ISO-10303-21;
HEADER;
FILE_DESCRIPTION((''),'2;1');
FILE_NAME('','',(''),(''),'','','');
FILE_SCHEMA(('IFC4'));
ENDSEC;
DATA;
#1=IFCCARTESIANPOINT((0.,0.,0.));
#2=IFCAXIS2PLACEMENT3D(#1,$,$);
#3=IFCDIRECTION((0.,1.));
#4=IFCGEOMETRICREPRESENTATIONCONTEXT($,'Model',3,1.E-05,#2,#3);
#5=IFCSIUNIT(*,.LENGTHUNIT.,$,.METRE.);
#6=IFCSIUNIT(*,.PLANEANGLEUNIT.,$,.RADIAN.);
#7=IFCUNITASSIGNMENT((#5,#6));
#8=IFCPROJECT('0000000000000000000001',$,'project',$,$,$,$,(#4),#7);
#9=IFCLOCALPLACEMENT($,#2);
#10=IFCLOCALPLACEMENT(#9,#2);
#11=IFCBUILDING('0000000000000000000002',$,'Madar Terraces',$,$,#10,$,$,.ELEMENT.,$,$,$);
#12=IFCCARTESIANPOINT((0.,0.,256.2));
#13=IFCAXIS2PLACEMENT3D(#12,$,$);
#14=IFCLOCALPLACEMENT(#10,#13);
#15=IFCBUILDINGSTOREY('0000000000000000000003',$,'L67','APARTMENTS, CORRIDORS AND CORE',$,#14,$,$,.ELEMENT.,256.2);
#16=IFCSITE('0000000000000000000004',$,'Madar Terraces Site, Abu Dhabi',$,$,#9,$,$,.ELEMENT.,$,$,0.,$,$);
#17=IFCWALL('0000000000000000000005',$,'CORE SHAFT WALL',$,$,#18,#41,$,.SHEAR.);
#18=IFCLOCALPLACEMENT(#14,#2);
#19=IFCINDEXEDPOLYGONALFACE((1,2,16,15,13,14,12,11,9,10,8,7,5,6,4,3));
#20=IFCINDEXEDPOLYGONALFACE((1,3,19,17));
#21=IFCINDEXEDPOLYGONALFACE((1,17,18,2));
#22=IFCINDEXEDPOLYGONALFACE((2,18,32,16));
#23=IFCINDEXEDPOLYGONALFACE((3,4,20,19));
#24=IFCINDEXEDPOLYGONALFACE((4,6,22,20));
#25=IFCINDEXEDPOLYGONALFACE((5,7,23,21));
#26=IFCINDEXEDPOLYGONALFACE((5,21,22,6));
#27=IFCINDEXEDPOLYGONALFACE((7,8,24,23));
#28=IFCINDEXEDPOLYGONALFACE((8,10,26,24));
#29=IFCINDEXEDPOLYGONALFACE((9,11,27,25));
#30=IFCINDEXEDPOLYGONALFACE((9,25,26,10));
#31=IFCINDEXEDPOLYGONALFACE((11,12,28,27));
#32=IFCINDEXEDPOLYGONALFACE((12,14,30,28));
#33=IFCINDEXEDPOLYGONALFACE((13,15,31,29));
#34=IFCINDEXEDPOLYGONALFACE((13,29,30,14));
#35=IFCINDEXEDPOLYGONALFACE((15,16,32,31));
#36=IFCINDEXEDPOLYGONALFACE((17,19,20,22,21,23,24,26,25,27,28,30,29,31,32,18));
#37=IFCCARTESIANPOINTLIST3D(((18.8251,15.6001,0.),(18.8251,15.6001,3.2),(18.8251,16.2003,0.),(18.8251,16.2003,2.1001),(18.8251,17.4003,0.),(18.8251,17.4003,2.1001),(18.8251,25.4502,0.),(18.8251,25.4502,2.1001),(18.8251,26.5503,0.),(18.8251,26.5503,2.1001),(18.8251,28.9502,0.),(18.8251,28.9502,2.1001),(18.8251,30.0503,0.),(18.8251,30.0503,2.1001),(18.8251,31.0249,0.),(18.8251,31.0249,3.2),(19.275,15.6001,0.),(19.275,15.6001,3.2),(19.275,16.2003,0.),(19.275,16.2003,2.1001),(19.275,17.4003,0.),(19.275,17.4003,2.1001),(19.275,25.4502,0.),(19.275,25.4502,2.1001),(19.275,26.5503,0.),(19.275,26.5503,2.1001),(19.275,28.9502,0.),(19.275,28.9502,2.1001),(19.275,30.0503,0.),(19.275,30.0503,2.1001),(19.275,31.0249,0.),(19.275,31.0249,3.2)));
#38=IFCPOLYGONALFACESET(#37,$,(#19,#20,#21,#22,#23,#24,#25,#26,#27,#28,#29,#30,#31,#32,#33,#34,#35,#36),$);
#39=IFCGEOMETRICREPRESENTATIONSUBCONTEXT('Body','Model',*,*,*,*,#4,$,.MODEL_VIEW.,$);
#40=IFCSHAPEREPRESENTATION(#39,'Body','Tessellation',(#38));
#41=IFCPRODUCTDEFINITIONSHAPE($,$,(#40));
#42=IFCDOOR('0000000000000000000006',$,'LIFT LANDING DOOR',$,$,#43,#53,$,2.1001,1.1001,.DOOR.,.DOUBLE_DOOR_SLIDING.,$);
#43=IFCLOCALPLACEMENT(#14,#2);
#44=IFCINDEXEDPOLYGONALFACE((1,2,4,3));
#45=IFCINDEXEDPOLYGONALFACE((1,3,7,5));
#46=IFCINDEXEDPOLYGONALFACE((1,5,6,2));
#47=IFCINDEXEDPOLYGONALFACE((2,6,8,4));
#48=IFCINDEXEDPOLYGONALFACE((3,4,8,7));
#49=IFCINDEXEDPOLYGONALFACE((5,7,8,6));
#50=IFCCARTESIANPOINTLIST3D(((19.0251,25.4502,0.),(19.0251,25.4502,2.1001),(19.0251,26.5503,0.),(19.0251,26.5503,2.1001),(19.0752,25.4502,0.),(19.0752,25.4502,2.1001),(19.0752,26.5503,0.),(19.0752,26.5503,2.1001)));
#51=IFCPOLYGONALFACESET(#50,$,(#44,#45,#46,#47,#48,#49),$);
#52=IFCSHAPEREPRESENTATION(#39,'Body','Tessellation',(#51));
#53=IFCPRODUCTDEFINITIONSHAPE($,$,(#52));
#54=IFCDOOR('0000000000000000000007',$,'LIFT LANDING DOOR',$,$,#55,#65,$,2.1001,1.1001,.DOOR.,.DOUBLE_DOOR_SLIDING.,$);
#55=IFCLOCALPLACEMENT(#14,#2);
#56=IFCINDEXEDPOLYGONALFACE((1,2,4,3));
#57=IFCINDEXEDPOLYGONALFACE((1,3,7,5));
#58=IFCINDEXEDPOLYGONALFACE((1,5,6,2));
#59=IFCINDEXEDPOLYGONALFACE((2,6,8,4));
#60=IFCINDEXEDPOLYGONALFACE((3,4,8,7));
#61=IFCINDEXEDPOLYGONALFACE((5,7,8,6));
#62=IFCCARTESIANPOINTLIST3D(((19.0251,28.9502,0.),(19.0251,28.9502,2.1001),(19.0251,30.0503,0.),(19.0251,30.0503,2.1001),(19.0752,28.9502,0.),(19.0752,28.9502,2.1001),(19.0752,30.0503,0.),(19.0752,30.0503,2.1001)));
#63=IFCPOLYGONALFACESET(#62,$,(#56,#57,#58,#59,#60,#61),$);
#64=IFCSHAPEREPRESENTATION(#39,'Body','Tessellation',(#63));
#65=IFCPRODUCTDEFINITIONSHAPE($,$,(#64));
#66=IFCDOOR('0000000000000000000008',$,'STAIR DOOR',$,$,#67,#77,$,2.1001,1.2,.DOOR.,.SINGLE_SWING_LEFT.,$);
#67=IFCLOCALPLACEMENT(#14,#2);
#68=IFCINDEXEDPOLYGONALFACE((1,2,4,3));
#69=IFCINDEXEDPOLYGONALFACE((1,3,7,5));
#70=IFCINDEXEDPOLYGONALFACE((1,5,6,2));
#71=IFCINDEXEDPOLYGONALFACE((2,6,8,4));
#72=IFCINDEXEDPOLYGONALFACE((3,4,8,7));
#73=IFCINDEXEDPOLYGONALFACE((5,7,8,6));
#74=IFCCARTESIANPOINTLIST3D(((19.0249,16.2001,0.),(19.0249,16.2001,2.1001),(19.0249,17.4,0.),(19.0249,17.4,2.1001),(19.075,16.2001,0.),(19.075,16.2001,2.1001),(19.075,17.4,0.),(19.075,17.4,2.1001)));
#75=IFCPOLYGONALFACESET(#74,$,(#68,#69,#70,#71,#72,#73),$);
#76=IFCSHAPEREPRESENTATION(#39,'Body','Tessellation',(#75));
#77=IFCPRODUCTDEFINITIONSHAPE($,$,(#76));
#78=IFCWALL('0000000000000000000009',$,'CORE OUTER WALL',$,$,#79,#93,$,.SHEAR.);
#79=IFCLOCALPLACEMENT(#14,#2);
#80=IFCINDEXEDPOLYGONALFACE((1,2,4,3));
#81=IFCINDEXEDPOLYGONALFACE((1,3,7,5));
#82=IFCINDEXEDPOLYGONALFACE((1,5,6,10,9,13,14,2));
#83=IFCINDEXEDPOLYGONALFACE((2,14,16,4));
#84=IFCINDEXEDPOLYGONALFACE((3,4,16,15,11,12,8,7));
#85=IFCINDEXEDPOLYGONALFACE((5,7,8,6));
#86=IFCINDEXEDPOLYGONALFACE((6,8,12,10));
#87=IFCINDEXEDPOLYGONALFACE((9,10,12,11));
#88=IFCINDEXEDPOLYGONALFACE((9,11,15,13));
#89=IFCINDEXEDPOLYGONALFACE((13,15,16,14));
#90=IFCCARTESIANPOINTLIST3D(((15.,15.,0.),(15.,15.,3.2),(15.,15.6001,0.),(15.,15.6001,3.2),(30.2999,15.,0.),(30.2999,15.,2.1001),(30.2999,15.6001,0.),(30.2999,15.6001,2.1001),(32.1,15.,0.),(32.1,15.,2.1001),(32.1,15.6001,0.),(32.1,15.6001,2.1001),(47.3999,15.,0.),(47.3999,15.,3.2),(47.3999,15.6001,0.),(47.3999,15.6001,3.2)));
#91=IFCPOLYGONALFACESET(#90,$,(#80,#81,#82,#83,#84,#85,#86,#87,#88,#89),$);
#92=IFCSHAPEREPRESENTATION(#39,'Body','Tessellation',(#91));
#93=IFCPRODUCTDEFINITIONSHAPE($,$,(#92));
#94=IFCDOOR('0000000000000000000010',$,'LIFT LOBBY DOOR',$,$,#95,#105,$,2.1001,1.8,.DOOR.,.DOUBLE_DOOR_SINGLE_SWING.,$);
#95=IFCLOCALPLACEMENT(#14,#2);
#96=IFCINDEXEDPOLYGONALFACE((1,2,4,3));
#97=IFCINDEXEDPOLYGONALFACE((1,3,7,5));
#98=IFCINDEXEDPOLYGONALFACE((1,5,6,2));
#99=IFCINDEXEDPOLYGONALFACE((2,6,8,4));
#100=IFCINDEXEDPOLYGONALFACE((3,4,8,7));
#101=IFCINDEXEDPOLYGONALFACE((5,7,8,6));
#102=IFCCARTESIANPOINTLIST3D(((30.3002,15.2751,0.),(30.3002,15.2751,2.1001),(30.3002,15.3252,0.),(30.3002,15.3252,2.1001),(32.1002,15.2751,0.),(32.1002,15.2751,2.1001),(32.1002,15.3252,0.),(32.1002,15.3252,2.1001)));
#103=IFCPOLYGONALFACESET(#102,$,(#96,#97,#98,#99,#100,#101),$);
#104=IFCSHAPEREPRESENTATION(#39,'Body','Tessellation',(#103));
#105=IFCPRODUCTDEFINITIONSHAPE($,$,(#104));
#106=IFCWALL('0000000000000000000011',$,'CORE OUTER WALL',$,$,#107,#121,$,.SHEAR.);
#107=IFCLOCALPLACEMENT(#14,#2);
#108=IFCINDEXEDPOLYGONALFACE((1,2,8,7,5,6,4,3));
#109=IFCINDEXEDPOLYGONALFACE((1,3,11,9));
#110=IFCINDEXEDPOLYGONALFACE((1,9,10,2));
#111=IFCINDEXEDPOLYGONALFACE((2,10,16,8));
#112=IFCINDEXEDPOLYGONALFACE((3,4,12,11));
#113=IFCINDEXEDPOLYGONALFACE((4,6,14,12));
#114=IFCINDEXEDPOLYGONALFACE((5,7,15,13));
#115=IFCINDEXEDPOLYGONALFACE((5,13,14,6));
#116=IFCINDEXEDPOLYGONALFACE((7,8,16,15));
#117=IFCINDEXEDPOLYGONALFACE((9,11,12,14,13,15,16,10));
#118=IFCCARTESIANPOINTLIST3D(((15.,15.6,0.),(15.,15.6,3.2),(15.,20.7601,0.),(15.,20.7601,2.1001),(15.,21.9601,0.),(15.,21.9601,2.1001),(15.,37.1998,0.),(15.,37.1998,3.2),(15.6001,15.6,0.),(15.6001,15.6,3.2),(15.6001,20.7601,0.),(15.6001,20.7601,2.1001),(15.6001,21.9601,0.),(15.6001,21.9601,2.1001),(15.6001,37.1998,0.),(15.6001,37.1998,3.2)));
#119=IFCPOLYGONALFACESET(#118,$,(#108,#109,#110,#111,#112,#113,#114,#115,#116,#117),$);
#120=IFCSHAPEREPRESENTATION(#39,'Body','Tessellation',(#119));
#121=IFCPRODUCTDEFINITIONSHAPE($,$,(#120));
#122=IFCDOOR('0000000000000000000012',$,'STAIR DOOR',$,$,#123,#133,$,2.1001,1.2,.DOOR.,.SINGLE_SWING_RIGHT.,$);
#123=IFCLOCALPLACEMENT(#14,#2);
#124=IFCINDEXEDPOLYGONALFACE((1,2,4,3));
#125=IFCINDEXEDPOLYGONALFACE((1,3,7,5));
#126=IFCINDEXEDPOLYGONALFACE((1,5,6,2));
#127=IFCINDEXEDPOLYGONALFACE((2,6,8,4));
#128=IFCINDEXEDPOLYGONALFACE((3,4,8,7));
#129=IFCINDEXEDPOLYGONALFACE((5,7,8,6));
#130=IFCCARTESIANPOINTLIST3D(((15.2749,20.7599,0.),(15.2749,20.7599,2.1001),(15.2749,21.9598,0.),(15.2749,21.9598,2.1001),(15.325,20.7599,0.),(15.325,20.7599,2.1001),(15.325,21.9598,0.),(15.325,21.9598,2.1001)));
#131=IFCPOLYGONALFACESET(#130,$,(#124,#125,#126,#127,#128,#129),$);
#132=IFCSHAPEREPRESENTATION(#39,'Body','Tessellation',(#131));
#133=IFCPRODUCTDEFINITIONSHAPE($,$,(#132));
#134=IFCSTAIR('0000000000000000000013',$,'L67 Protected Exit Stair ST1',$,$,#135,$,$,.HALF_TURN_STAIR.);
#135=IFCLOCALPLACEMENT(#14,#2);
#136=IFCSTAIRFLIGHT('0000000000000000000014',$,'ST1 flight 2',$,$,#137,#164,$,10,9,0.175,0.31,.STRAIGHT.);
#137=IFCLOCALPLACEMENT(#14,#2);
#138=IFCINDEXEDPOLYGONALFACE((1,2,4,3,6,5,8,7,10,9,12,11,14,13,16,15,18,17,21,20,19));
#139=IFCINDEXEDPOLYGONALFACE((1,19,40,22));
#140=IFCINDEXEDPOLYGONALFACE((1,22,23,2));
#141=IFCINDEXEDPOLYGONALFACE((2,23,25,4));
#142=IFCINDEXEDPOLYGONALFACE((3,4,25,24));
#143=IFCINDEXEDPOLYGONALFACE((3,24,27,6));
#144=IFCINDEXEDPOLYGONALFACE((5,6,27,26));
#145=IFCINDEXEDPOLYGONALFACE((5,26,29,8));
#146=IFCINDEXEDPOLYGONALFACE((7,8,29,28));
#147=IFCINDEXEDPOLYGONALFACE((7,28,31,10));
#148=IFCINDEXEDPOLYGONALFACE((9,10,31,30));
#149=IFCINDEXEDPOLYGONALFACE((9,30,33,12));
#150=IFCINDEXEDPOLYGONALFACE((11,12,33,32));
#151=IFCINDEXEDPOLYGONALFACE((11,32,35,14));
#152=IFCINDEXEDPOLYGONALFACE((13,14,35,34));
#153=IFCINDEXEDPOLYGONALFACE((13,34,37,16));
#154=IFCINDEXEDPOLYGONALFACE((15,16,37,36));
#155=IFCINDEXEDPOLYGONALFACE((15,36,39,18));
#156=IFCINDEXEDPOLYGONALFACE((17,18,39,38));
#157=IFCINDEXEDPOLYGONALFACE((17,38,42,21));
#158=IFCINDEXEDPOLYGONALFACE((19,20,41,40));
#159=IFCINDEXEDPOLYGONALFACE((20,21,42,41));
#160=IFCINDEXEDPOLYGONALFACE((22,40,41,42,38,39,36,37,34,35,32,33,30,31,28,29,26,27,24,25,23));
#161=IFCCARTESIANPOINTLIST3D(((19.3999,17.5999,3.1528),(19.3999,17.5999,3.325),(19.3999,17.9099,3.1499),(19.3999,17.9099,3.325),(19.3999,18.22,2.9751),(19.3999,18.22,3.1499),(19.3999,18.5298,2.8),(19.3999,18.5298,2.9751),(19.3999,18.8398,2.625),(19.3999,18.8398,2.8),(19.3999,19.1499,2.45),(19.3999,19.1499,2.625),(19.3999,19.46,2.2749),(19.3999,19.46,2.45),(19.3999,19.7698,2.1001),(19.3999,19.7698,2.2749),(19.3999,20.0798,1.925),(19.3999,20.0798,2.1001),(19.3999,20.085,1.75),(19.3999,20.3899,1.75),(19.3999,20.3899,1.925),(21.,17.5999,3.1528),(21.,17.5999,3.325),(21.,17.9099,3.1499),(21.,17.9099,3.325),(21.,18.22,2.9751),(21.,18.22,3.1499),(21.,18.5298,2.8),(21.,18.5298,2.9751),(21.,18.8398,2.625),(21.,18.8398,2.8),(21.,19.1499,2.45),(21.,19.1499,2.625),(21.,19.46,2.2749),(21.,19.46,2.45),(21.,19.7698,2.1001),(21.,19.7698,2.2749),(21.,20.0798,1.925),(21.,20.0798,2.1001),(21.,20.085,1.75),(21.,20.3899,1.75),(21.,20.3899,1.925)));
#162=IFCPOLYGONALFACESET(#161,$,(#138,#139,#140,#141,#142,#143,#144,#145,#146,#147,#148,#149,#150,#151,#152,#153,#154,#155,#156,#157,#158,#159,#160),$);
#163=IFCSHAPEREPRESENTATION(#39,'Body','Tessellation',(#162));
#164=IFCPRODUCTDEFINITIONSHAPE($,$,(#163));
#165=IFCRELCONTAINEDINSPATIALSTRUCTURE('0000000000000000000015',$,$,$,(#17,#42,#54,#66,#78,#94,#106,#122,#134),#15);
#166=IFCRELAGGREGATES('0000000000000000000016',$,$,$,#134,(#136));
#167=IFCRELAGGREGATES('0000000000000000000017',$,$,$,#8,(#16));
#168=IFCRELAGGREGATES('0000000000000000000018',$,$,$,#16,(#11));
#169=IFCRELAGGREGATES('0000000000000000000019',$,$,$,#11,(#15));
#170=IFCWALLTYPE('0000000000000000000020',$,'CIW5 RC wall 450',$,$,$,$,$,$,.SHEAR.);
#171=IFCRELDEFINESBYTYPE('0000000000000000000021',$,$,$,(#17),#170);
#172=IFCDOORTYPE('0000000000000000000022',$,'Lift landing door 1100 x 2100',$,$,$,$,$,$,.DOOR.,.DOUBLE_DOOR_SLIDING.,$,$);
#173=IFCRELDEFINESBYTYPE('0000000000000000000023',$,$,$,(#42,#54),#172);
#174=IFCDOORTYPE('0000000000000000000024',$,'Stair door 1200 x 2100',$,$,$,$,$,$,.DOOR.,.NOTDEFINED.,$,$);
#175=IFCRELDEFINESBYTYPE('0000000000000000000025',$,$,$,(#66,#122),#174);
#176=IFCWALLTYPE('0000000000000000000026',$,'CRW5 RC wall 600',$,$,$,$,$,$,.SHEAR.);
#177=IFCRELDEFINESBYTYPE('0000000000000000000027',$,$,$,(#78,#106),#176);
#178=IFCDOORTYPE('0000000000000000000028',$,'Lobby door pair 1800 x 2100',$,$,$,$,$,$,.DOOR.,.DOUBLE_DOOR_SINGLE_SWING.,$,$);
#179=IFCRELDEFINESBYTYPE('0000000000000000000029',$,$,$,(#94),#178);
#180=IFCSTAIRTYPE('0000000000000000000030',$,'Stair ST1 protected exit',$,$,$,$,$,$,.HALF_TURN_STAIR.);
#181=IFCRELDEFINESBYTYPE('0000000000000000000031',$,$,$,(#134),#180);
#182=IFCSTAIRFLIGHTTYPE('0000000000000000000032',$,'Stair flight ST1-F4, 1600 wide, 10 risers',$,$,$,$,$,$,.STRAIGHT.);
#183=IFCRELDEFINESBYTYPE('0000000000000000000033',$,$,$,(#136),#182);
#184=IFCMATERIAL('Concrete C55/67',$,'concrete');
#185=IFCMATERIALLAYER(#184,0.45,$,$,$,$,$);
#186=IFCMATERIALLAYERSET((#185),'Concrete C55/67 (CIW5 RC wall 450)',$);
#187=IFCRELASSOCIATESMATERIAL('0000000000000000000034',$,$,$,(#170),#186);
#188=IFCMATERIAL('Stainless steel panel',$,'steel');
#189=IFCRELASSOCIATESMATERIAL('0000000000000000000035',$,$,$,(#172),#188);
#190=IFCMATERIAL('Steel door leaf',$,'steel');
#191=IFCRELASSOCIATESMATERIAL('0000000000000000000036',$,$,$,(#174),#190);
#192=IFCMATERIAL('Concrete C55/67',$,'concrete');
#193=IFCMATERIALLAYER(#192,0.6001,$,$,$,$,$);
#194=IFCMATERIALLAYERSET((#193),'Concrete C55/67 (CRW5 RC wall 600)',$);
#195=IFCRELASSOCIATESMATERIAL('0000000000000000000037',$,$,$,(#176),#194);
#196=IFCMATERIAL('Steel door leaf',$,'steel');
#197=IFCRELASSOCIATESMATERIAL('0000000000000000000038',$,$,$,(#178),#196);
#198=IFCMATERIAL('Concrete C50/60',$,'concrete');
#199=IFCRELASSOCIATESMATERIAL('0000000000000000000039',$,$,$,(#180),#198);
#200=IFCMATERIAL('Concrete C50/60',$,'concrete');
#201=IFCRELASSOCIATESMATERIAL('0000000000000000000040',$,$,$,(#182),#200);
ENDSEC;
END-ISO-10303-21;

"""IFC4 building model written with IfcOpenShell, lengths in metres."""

from ifc_helpers import new_model, si_unit, direction, frame, frame_2d, origin, place, context, subcontext, project, spatial, polyline, rectangle, outline, extrude, material, layer, layer_set, type_object, element, fill, aggregate, save


model = new_model("IFC4")

# Units and contexts
model_context = context("Model", 3, precision=1e-05, world=origin(), true_north=direction((0.0, 1.0)))
body_context = subcontext(model_context, "Body", "Model", "MODEL_VIEW")
ifc_project = project(units=[si_unit("LENGTHUNIT", "METRE"), si_unit("PLANEANGLEUNIT", "RADIAN")], contexts=[model_context])

# Site, building, storey
site_placement = place(None, origin())
site = spatial("IfcSite", under=ifc_project, at=site_placement, Name="Madar Terraces Site, Abu Dhabi", CompositionType="ELEMENT", RefElevation=0.0)
building_placement = place(site_placement, origin())
building = spatial("IfcBuilding", under=site, at=building_placement, Name="Madar Terraces", CompositionType="ELEMENT")
storey_placement = place(building_placement, frame((0.0, 0.0, 256.2)))
storey = spatial("IfcBuildingStorey", under=building, at=storey_placement, Name="L67", Description="APARTMENTS, CORRIDORS AND CORE", CompositionType="ELEMENT", Elevation=256.2)

# Wall, openings, doors
ifc_material_1 = material(Name="Concrete C55/67", Category="concrete")
ifc_layer_1 = layer(ifc_material_1, 0.45)
ifc_layer_set_1 = layer_set([ifc_layer_1], Name="Concrete C55/67 (CIW5 RC wall 450)")
wall_type_1 = type_object("IfcWallType", Name="CIW5 RC wall 450", PredefinedType="SHEAR", material=ifc_layer_set_1)
wall_1_placement = place(storey_placement, frame((19.05, 15.6001, 0.0), z_axis=(0.0, 0.0, 1.0), x_axis=(0.0, 1.0, 0.0)))
wall_1 = element("IfcWall", 1, at=wall_1_placement, inside=storey, type_object=wall_type_1, Name="CORE SHAFT WALL", PredefinedType="SHEAR", context=body_context, shape_type="SweptSolid", body=[
    extrude(rectangle(XDim=15.4248, YDim=0.45, at=frame_2d((7.7124, 0.0))), origin(), (0.0, 0.0, 1.0), 3.2),
])
opening_1_placement = place(wall_1_placement, frame((9.8501, 0.0, 0.0)))
opening_1 = element("IfcOpeningElement", 2, at=opening_1_placement, cuts=wall_1, PredefinedType="OPENING", context=body_context, shape_type="SweptSolid", body=[
    extrude(rectangle(XDim=1.1001, YDim=2.1001, at=frame_2d((0.55, 1.05))), frame((0.0, 0.2349, 0.0), z_axis=(0.0, -1.0, 0.0), x_axis=(1.0, 0.0, 0.0)), (0.0, 0.0, 1.0), 0.47),
])
opening_2_placement = place(wall_1_placement, frame((13.3501, 0.0, 0.0)))
opening_2 = element("IfcOpeningElement", 3, at=opening_2_placement, cuts=wall_1, PredefinedType="OPENING", context=body_context, shape_type="SweptSolid", body=[
    extrude(rectangle(XDim=1.1001, YDim=2.1001, at=frame_2d((0.55, 1.05))), frame((0.0, 0.2349, 0.0), z_axis=(0.0, -1.0, 0.0), x_axis=(1.0, 0.0, 0.0)), (0.0, 0.0, 1.0), 0.47),
])
opening_3_placement = place(wall_1_placement, frame((0.6001, 0.0, 0.0)))
opening_3 = element("IfcOpeningElement", 4, at=opening_3_placement, cuts=wall_1, PredefinedType="OPENING", context=body_context, shape_type="SweptSolid", body=[
    extrude(rectangle(XDim=1.2, YDim=2.1001, at=frame_2d((0.6001, 1.05))), frame((0.0, 0.2349, 0.0), z_axis=(0.0, -1.0, 0.0), x_axis=(1.0, 0.0, 0.0)), (0.0, 0.0, 1.0), 0.47),
])
ifc_material_2 = material(Name="Stainless steel panel", Category="steel")
door_type_1 = type_object("IfcDoorType", Name="Lift landing door 1100 x 2100", OperationType="DOUBLE_DOOR_SLIDING", PredefinedType="DOOR", material=ifc_material_2)
door_1_placement = place(opening_1_placement, origin())
door_1 = element("IfcDoor", 5, at=door_1_placement, inside=storey, type_object=door_type_1, Name="LIFT LANDING DOOR", OperationType="DOUBLE_DOOR_SLIDING", OverallHeight=2.1001, OverallWidth=1.1001, PredefinedType="DOOR", context=body_context, shape_type="SweptSolid", body=[
    extrude(rectangle(XDim=1.1001, YDim=2.1001, at=frame_2d((0.55, 1.05))), frame((0.0, 0.0249, 0.0), z_axis=(0.0, -1.0, 0.0), x_axis=(1.0, 0.0, 0.0)), (0.0, 0.0, 1.0), 0.05),
])
fill(opening_1, door_1)
door_2_placement = place(opening_2_placement, origin())
door_2 = element("IfcDoor", 6, at=door_2_placement, inside=storey, type_object=door_type_1, Name="LIFT LANDING DOOR", OperationType="DOUBLE_DOOR_SLIDING", OverallHeight=2.1001, OverallWidth=1.1001, PredefinedType="DOOR", context=body_context, shape_type="SweptSolid", body=[
    extrude(rectangle(XDim=1.1001, YDim=2.1001, at=frame_2d((0.55, 1.05))), frame((0.0, 0.0249, 0.0), z_axis=(0.0, -1.0, 0.0), x_axis=(1.0, 0.0, 0.0)), (0.0, 0.0, 1.0), 0.05),
])
fill(opening_2, door_2)
ifc_material_3 = material(Name="Steel door leaf", Category="steel")
door_type_2 = type_object("IfcDoorType", Name="Stair door 1200 x 2100", OperationType="NOTDEFINED", PredefinedType="DOOR", material=ifc_material_3)
door_3_placement = place(opening_3_placement, frame((1.2, 0.0, 0.0), z_axis=(0.0, 0.0, 1.0), x_axis=(-1.0, 0.0, 0.0)))
door_3 = element("IfcDoor", 7, at=door_3_placement, inside=storey, type_object=door_type_2, Name="STAIR DOOR", OperationType="SINGLE_SWING_LEFT", OverallHeight=2.1001, OverallWidth=1.2, PredefinedType="DOOR", context=body_context, shape_type="SweptSolid", body=[
    extrude(rectangle(XDim=1.2, YDim=2.1001, at=frame_2d((0.6001, 1.05))), frame((0.0, 0.0249, 0.0), z_axis=(0.0, -1.0, 0.0), x_axis=(1.0, 0.0, 0.0)), (0.0, 0.0, 1.0), 0.05),
])
fill(opening_3, door_3)

# Walls, openings, doors
ifc_material_4 = material(Name="Concrete C55/67", Category="concrete")
ifc_layer_2 = layer(ifc_material_4, 0.6001)
ifc_layer_set_2 = layer_set([ifc_layer_2], Name="Concrete C55/67 (CRW5 RC wall 600)")
wall_type_2 = type_object("IfcWallType", Name="CRW5 RC wall 600", PredefinedType="SHEAR", material=ifc_layer_set_2)
wall_2_placement = place(storey_placement, frame((15.0, 15.3, 0.0), z_axis=(0.0, 0.0, 1.0), x_axis=(1.0, 0.0, 0.0)))
wall_2 = element("IfcWall", 8, at=wall_2_placement, inside=storey, type_object=wall_type_2, Name="CORE OUTER WALL", PredefinedType="SHEAR", context=body_context, shape_type="SweptSolid", body=[
    extrude(rectangle(XDim=32.3999, YDim=0.6001, at=frame_2d((16.2, 0.0))), origin(), (0.0, 0.0, 1.0), 3.2),
])
opening_4_placement = place(wall_2_placement, frame((15.3, 0.0, 0.0)))
opening_4 = element("IfcOpeningElement", 9, at=opening_4_placement, cuts=wall_2, PredefinedType="OPENING", context=body_context, shape_type="SweptSolid", body=[
    extrude(rectangle(XDim=1.8, YDim=2.1001, at=frame_2d((0.8999, 1.05))), frame((0.0, 0.3101, 0.0), z_axis=(0.0, -1.0, 0.0), x_axis=(1.0, 0.0, 0.0)), (0.0, 0.0, 1.0), 0.6201),
])
ifc_material_5 = material(Name="Steel door leaf", Category="steel")
door_type_3 = type_object("IfcDoorType", Name="Lobby door pair 1800 x 2100", OperationType="DOUBLE_DOOR_SINGLE_SWING", PredefinedType="DOOR", material=ifc_material_5)
door_4_placement = place(opening_4_placement, frame((1.8, 0.0, 0.0), z_axis=(0.0, 0.0, 1.0), x_axis=(-1.0, 0.0, 0.0)))
door_4 = element("IfcDoor", 10, at=door_4_placement, inside=storey, type_object=door_type_3, Name="LIFT LOBBY DOOR", OperationType="DOUBLE_DOOR_SINGLE_SWING", OverallHeight=2.1001, OverallWidth=1.8, PredefinedType="DOOR", context=body_context, shape_type="SweptSolid", body=[
    extrude(rectangle(XDim=1.8, YDim=2.1001, at=frame_2d((0.8999, 1.05))), frame((0.0, 0.0249, 0.0), z_axis=(0.0, -1.0, 0.0), x_axis=(1.0, 0.0, 0.0)), (0.0, 0.0, 1.0), 0.05),
])
fill(opening_4, door_4)
wall_3_placement = place(storey_placement, frame((15.3, 15.6001, 0.0), z_axis=(0.0, 0.0, 1.0), x_axis=(0.0, 1.0, 0.0)))
wall_3 = element("IfcWall", 11, at=wall_3_placement, inside=storey, type_object=wall_type_2, Name="CORE OUTER WALL", PredefinedType="SHEAR", context=body_context, shape_type="SweptSolid", body=[
    extrude(rectangle(XDim=21.5999, YDim=0.6001, at=frame_2d((10.7998, 0.0))), origin(), (0.0, 0.0, 1.0), 3.2),
])
opening_5_placement = place(wall_3_placement, frame((5.1599, 0.0, 0.0)))
opening_5 = element("IfcOpeningElement", 12, at=opening_5_placement, cuts=wall_3, PredefinedType="OPENING", context=body_context, shape_type="SweptSolid", body=[
    extrude(rectangle(XDim=1.2, YDim=2.1001, at=frame_2d((0.6001, 1.05))), frame((0.0, 0.3101, 0.0), z_axis=(0.0, -1.0, 0.0), x_axis=(1.0, 0.0, 0.0)), (0.0, 0.0, 1.0), 0.6201),
])
door_5_placement = place(opening_5_placement, frame((1.2, 0.0, 0.0), z_axis=(0.0, 0.0, 1.0), x_axis=(-1.0, 0.0, 0.0)))
door_5 = element("IfcDoor", 13, at=door_5_placement, inside=storey, type_object=door_type_2, Name="STAIR DOOR", OperationType="SINGLE_SWING_RIGHT", OverallHeight=2.1001, OverallWidth=1.2, PredefinedType="DOOR", context=body_context, shape_type="SweptSolid", body=[
    extrude(rectangle(XDim=1.2, YDim=2.1001, at=frame_2d((0.6001, 1.05))), frame((0.0, 0.0249, 0.0), z_axis=(0.0, -1.0, 0.0), x_axis=(1.0, 0.0, 0.0)), (0.0, 0.0, 1.0), 0.05),
])
fill(opening_5, door_5)

# Stair, stair flight
ifc_material_6 = material(Name="Concrete C50/60", Category="concrete")
stair_type = type_object("IfcStairType", Name="Stair ST1 protected exit", PredefinedType="HALF_TURN_STAIR", material=ifc_material_6)
stair_placement = place(storey_placement, origin())
stair = element("IfcStair", 14, at=stair_placement, inside=storey, type_object=stair_type, Name="L67 Protected Exit Stair ST1", PredefinedType="HALF_TURN_STAIR")
ifc_material_7 = material(Name="Concrete C50/60", Category="concrete")
stair_flight_type = type_object("IfcStairFlightType", Name="Stair flight ST1-F4, 1600 wide, 10 risers", PredefinedType="STRAIGHT", material=ifc_material_7)
stair_flight_placement = place(storey_placement, frame((20.2, 20.3899, 1.75), z_axis=(0.0, 0.0, 1.0), x_axis=(0.0, -1.0, 0.0)))
stair_flight = element("IfcStairFlight", 15, at=stair_flight_placement, type_object=stair_flight_type, Name="ST1 flight 2", NumberOfRisers=10, NumberOfTreads=9, PredefinedType="STRAIGHT", RiserHeight=0.175, TreadLength=0.31, context=body_context, shape_type="SweptSolid", body=[
    extrude(outline(polyline([(0.0, 0.0), (0.0, 0.175), (0.3101, 0.175), (0.3101, 0.3501), (0.6201, 0.3501), (0.6201, 0.5249), (0.9299, 0.5249), (0.9299, 0.7), (1.24, 0.7), (1.24, 0.875), (1.55, 0.875), (1.55, 1.05), (1.8601, 1.05), (1.8601, 1.2251), (2.1699, 1.2251), (2.1699, 1.3999), (2.48, 1.3999), (2.48, 1.575), (2.79, 1.575), (2.79, 1.75), (2.79, 1.4028), (0.3049, 0.0), (0.0, 0.0)])), frame((0.0, 0.8, 0.0), z_axis=(0.0, -1.0, 0.0), x_axis=(1.0, 0.0, 0.0)), (0.0, 0.0, 1.0), 1.6001),
])
aggregate(stair, [stair_flight])

save(model, "model.ifc")
